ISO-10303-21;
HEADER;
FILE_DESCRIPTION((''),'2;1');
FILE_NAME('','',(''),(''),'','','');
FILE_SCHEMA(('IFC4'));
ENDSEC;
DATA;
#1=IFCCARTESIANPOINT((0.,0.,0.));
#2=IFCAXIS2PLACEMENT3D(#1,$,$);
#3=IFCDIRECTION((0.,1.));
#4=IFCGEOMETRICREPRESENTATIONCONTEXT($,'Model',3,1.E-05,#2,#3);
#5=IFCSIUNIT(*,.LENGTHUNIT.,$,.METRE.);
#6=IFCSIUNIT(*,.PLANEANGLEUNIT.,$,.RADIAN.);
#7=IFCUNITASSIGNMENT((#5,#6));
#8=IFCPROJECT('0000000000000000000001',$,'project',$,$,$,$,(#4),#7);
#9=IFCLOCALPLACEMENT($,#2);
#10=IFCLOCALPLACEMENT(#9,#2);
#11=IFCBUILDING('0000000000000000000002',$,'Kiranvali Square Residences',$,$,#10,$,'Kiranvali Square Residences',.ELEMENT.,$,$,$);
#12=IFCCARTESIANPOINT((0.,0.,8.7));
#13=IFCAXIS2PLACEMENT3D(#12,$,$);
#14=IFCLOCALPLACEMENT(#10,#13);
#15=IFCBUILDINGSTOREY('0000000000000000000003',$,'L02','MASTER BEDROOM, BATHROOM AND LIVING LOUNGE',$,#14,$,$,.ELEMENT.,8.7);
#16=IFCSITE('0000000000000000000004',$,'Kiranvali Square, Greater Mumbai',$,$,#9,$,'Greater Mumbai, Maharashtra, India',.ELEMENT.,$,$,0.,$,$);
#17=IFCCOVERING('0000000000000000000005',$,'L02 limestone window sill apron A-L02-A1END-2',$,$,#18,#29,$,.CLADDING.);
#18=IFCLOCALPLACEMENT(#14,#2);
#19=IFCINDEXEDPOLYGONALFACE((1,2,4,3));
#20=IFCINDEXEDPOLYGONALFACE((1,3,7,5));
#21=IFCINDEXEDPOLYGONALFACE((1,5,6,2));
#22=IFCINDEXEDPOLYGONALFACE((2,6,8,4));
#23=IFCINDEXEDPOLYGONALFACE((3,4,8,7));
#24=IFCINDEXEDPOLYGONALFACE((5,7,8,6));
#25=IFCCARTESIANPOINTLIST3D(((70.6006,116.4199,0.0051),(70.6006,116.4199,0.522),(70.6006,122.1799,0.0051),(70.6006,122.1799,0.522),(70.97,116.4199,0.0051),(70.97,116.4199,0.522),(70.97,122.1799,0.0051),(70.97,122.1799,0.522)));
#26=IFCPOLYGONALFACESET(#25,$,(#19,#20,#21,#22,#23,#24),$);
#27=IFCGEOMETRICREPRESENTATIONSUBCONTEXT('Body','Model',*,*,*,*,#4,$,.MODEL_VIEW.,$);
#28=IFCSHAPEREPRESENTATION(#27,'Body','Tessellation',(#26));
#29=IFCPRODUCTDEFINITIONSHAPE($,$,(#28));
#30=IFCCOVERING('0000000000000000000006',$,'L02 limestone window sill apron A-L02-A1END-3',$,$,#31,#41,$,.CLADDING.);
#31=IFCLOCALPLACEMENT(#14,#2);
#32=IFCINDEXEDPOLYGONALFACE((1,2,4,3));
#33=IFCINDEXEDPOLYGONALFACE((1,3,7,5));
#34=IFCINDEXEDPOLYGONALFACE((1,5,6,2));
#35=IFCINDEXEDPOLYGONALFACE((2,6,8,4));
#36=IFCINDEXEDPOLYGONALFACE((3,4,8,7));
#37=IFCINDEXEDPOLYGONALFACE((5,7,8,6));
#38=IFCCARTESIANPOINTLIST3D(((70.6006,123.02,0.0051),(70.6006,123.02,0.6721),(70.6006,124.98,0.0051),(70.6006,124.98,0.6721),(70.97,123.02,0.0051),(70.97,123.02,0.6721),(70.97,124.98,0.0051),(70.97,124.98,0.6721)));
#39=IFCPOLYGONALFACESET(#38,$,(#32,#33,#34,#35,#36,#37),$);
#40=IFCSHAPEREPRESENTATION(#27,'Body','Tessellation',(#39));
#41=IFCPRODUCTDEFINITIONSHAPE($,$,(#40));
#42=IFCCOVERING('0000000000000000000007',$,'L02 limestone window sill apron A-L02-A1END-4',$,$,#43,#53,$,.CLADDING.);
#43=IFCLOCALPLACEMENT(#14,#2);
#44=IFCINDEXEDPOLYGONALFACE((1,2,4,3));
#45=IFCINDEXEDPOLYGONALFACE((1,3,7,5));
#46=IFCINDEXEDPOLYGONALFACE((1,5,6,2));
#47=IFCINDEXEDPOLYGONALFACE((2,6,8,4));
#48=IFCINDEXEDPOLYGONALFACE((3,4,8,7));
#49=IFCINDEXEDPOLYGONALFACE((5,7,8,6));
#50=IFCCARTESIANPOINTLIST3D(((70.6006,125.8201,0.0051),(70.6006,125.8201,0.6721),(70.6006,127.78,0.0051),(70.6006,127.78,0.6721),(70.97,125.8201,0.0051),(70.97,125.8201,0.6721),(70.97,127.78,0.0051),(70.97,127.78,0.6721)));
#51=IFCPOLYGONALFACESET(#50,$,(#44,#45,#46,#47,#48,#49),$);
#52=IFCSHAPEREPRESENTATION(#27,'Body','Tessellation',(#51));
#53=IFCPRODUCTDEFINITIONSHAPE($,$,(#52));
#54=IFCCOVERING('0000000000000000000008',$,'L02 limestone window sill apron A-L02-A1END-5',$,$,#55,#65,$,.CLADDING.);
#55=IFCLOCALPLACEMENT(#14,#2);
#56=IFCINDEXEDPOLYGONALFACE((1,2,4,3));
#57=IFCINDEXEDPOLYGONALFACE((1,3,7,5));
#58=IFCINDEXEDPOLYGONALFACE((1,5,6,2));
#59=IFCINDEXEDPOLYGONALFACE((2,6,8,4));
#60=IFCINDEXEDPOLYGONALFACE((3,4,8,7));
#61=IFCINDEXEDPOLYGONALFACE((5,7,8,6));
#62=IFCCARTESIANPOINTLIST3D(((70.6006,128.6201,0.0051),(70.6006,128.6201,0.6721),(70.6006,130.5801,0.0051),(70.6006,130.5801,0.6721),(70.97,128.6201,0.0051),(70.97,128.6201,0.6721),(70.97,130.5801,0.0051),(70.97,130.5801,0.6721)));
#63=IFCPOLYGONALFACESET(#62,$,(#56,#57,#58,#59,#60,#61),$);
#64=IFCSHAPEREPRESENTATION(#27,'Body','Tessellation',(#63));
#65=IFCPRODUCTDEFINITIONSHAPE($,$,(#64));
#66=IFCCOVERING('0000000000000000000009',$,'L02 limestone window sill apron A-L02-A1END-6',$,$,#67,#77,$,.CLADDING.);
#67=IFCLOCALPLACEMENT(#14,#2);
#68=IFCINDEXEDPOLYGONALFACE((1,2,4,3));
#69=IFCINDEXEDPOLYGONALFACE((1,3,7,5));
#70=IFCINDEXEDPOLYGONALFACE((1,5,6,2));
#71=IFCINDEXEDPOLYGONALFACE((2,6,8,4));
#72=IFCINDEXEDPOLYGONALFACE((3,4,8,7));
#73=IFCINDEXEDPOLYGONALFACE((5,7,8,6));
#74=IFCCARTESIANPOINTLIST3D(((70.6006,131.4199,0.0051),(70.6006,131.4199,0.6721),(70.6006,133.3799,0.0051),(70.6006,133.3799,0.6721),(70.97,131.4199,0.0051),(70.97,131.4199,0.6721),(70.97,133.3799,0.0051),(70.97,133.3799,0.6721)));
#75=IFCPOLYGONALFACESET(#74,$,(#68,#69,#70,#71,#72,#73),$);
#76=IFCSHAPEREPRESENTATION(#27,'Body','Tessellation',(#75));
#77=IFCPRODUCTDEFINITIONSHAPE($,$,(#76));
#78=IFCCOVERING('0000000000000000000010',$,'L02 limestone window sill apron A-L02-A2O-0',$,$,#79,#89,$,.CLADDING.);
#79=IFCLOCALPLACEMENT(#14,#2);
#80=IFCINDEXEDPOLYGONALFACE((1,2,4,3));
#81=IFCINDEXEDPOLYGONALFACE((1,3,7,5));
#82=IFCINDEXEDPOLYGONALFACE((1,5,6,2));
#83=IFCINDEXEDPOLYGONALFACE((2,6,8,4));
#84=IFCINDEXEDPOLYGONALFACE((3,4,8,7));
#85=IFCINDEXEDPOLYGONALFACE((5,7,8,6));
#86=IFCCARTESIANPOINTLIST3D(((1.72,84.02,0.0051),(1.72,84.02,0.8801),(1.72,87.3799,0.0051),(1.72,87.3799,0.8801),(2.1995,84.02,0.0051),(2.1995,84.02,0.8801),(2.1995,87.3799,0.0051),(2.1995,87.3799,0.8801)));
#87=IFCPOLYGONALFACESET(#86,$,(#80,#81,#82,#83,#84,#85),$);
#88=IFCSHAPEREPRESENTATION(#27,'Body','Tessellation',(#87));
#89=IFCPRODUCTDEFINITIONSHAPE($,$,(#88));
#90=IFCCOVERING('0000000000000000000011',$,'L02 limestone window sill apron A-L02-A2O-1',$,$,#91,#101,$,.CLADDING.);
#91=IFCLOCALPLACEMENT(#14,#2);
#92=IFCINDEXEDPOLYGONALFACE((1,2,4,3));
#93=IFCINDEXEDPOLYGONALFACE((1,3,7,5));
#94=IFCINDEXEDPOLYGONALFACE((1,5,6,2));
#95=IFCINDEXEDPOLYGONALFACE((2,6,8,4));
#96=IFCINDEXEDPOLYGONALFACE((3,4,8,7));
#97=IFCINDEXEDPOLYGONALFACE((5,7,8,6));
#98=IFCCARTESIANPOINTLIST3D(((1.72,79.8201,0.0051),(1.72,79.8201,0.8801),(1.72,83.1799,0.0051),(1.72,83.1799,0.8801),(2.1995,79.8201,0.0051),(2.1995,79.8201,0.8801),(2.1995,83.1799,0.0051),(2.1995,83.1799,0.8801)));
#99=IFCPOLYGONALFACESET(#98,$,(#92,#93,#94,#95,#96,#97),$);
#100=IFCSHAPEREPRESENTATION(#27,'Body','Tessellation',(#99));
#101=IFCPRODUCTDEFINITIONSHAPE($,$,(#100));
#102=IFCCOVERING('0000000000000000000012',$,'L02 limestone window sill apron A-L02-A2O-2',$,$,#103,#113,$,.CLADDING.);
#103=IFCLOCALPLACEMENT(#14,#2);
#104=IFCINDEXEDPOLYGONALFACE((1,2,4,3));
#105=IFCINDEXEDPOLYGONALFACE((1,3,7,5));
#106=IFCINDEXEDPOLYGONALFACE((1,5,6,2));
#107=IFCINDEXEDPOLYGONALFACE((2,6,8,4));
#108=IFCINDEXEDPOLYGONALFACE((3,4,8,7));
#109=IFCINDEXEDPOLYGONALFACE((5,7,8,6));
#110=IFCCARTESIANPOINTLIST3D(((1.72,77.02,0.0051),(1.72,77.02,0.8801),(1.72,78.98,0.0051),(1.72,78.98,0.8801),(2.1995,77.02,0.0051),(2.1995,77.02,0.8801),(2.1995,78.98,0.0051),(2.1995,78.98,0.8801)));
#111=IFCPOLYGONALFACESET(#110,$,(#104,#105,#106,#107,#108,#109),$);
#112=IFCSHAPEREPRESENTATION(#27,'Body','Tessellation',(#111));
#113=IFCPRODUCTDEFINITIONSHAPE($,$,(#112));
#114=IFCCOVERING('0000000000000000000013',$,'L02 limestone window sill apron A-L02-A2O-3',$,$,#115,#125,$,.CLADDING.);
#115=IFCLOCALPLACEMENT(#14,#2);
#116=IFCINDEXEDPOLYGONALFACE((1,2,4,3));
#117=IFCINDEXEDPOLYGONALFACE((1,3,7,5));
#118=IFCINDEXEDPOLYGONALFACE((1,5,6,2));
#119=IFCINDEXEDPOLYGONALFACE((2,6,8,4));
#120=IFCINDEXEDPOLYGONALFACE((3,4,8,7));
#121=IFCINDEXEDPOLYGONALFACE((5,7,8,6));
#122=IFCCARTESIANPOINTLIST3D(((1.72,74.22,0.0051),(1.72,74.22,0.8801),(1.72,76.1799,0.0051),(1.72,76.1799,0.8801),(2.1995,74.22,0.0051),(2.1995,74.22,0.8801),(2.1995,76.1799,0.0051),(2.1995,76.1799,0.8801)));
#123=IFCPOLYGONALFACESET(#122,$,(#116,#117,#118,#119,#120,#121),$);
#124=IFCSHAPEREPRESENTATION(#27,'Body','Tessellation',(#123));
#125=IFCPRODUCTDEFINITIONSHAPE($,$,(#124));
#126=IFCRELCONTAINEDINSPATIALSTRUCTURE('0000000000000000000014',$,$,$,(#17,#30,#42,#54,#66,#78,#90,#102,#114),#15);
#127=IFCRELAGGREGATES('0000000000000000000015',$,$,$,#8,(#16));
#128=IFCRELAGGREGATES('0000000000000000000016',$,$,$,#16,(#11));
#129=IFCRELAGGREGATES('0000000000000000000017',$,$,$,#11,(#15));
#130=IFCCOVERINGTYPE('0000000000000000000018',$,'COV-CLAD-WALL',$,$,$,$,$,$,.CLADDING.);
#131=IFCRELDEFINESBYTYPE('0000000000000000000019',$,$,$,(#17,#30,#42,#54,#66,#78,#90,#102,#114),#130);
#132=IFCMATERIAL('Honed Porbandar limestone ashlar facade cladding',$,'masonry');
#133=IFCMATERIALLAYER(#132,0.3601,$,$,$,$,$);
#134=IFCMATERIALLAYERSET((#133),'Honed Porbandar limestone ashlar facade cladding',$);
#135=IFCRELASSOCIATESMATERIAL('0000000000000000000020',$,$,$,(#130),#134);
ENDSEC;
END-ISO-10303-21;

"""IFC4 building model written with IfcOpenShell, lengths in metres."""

from ifc_helpers import new_model, si_unit, direction, frame, origin, place, context, subcontext, project, spatial, polyline, outline, extrude, material, layer, layer_set, type_object, element, save


model = new_model("IFC4")

# Units and contexts
model_context = context("Model", 3, precision=1e-05, world=origin(), true_north=direction((0.0, 1.0)))
body_context = subcontext(model_context, "Body", "Model", "MODEL_VIEW")
ifc_project = project(units=[si_unit("LENGTHUNIT", "METRE"), si_unit("PLANEANGLEUNIT", "RADIAN")], contexts=[model_context])

# Site, building, storey
site_placement = place(None, origin())
site = spatial("IfcSite", under=ifc_project, at=site_placement, Name="Kiranvali Square, Greater Mumbai", LongName="Greater Mumbai, Maharashtra, India", CompositionType="ELEMENT", RefElevation=0.0)
building_placement = place(site_placement, origin())
building = spatial("IfcBuilding", under=site, at=building_placement, Name="Kiranvali Square Residences", LongName="Kiranvali Square Residences", CompositionType="ELEMENT")
storey_placement = place(building_placement, frame((0.0, 0.0, 8.7)))
storey = spatial("IfcBuildingStorey", under=building, at=storey_placement, Name="L02", Description="MASTER BEDROOM, BATHROOM AND LIVING LOUNGE", CompositionType="ELEMENT", Elevation=8.7)

# Coverings
ifc_material = material(Name="Honed Porbandar limestone ashlar facade cladding", Category="masonry")
ifc_layer_1 = layer(ifc_material, 0.3601)
ifc_layer_set_1 = layer_set([ifc_layer_1], Name="Honed Porbandar limestone ashlar facade cladding")
covering_type_1 = type_object("IfcCoveringType", Name="COV-CLAD-WALL", PredefinedType="CLADDING", material=ifc_layer_set_1)
covering_1_placement = place(storey_placement, frame((0.0, 0.0, 0.0051)))
element("IfcCovering", 1, at=covering_1_placement, inside=storey, type_object=covering_type_1, Name="L02 limestone window sill apron A-L02-A1END-2", PredefinedType="CLADDING", context=body_context, shape_type="SweptSolid", body=[
    extrude(outline(polyline([(70.97, 116.4199), (70.97, 122.1799), (70.6006, 122.1799), (70.6006, 116.4199), (70.97, 116.4199)])), origin(), (0.0, 0.0, 1.0), 0.5168),
])
covering_2_placement = place(storey_placement, frame((0.0, 0.0, 0.0051)))
element("IfcCovering", 2, at=covering_2_placement, inside=storey, type_object=covering_type_1, Name="L02 limestone window sill apron A-L02-A1END-3", PredefinedType="CLADDING", context=body_context, shape_type="SweptSolid", body=[
    extrude(outline(polyline([(70.97, 123.02), (70.97, 124.98), (70.6006, 124.98), (70.6006, 123.02), (70.97, 123.02)])), origin(), (0.0, 0.0, 1.0), 0.667),
])
covering_3_placement = place(storey_placement, frame((0.0, 0.0, 0.0051)))
element("IfcCovering", 3, at=covering_3_placement, inside=storey, type_object=covering_type_1, Name="L02 limestone window sill apron A-L02-A1END-4", PredefinedType="CLADDING", context=body_context, shape_type="SweptSolid", body=[
    extrude(outline(polyline([(70.97, 125.8201), (70.97, 127.78), (70.6006, 127.78), (70.6006, 125.8201), (70.97, 125.8201)])), origin(), (0.0, 0.0, 1.0), 0.667),
])
covering_4_placement = place(storey_placement, frame((0.0, 0.0, 0.0051)))
element("IfcCovering", 4, at=covering_4_placement, inside=storey, type_object=covering_type_1, Name="L02 limestone window sill apron A-L02-A1END-5", PredefinedType="CLADDING", context=body_context, shape_type="SweptSolid", body=[
    extrude(outline(polyline([(70.97, 128.6201), (70.97, 130.5801), (70.6006, 130.5801), (70.6006, 128.6201), (70.97, 128.6201)])), origin(), (0.0, 0.0, 1.0), 0.667),
])
covering_5_placement = place(storey_placement, frame((0.0, 0.0, 0.0051)))
element("IfcCovering", 5, at=covering_5_placement, inside=storey, type_object=covering_type_1, Name="L02 limestone window sill apron A-L02-A1END-6", PredefinedType="CLADDING", context=body_context, shape_type="SweptSolid", body=[
    extrude(outline(polyline([(70.97, 131.4199), (70.97, 133.3799), (70.6006, 133.3799), (70.6006, 131.4199), (70.97, 131.4199)])), origin(), (0.0, 0.0, 1.0), 0.667),
])
covering_6_placement = place(storey_placement, frame((0.0, 0.0, 0.0051)))
element("IfcCovering", 6, at=covering_6_placement, inside=storey, type_object=covering_type_1, Name="L02 limestone window sill apron A-L02-A2O-0", PredefinedType="CLADDING", context=body_context, shape_type="SweptSolid", body=[
    extrude(outline(polyline([(1.72, 87.3799), (1.72, 84.02), (2.1995, 84.02), (2.1995, 87.3799), (1.72, 87.3799)])), origin(), (0.0, 0.0, 1.0), 0.875),
])
covering_7_placement = place(storey_placement, frame((0.0, 0.0, 0.0051)))
element("IfcCovering", 7, at=covering_7_placement, inside=storey, type_object=covering_type_1, Name="L02 limestone window sill apron A-L02-A2O-1", PredefinedType="CLADDING", context=body_context, shape_type="SweptSolid", body=[
    extrude(outline(polyline([(1.72, 83.1799), (1.72, 79.8201), (2.1995, 79.8201), (2.1995, 83.1799), (1.72, 83.1799)])), origin(), (0.0, 0.0, 1.0), 0.875),
])
covering_8_placement = place(storey_placement, frame((0.0, 0.0, 0.0051)))
element("IfcCovering", 8, at=covering_8_placement, inside=storey, type_object=covering_type_1, Name="L02 limestone window sill apron A-L02-A2O-2", PredefinedType="CLADDING", context=body_context, shape_type="SweptSolid", body=[
    extrude(outline(polyline([(1.72, 78.98), (1.72, 77.02), (2.1995, 77.02), (2.1995, 78.98), (1.72, 78.98)])), origin(), (0.0, 0.0, 1.0), 0.875),
])
covering_9_placement = place(storey_placement, frame((0.0, 0.0, 0.0051)))
element("IfcCovering", 9, at=covering_9_placement, inside=storey, type_object=covering_type_1, Name="L02 limestone window sill apron A-L02-A2O-3", PredefinedType="CLADDING", context=body_context, shape_type="SweptSolid", body=[
    extrude(outline(polyline([(1.72, 76.1799), (1.72, 74.22), (2.1995, 74.22), (2.1995, 76.1799), (1.72, 76.1799)])), origin(), (0.0, 0.0, 1.0), 0.875),
])

save(model, "model.ifc")
